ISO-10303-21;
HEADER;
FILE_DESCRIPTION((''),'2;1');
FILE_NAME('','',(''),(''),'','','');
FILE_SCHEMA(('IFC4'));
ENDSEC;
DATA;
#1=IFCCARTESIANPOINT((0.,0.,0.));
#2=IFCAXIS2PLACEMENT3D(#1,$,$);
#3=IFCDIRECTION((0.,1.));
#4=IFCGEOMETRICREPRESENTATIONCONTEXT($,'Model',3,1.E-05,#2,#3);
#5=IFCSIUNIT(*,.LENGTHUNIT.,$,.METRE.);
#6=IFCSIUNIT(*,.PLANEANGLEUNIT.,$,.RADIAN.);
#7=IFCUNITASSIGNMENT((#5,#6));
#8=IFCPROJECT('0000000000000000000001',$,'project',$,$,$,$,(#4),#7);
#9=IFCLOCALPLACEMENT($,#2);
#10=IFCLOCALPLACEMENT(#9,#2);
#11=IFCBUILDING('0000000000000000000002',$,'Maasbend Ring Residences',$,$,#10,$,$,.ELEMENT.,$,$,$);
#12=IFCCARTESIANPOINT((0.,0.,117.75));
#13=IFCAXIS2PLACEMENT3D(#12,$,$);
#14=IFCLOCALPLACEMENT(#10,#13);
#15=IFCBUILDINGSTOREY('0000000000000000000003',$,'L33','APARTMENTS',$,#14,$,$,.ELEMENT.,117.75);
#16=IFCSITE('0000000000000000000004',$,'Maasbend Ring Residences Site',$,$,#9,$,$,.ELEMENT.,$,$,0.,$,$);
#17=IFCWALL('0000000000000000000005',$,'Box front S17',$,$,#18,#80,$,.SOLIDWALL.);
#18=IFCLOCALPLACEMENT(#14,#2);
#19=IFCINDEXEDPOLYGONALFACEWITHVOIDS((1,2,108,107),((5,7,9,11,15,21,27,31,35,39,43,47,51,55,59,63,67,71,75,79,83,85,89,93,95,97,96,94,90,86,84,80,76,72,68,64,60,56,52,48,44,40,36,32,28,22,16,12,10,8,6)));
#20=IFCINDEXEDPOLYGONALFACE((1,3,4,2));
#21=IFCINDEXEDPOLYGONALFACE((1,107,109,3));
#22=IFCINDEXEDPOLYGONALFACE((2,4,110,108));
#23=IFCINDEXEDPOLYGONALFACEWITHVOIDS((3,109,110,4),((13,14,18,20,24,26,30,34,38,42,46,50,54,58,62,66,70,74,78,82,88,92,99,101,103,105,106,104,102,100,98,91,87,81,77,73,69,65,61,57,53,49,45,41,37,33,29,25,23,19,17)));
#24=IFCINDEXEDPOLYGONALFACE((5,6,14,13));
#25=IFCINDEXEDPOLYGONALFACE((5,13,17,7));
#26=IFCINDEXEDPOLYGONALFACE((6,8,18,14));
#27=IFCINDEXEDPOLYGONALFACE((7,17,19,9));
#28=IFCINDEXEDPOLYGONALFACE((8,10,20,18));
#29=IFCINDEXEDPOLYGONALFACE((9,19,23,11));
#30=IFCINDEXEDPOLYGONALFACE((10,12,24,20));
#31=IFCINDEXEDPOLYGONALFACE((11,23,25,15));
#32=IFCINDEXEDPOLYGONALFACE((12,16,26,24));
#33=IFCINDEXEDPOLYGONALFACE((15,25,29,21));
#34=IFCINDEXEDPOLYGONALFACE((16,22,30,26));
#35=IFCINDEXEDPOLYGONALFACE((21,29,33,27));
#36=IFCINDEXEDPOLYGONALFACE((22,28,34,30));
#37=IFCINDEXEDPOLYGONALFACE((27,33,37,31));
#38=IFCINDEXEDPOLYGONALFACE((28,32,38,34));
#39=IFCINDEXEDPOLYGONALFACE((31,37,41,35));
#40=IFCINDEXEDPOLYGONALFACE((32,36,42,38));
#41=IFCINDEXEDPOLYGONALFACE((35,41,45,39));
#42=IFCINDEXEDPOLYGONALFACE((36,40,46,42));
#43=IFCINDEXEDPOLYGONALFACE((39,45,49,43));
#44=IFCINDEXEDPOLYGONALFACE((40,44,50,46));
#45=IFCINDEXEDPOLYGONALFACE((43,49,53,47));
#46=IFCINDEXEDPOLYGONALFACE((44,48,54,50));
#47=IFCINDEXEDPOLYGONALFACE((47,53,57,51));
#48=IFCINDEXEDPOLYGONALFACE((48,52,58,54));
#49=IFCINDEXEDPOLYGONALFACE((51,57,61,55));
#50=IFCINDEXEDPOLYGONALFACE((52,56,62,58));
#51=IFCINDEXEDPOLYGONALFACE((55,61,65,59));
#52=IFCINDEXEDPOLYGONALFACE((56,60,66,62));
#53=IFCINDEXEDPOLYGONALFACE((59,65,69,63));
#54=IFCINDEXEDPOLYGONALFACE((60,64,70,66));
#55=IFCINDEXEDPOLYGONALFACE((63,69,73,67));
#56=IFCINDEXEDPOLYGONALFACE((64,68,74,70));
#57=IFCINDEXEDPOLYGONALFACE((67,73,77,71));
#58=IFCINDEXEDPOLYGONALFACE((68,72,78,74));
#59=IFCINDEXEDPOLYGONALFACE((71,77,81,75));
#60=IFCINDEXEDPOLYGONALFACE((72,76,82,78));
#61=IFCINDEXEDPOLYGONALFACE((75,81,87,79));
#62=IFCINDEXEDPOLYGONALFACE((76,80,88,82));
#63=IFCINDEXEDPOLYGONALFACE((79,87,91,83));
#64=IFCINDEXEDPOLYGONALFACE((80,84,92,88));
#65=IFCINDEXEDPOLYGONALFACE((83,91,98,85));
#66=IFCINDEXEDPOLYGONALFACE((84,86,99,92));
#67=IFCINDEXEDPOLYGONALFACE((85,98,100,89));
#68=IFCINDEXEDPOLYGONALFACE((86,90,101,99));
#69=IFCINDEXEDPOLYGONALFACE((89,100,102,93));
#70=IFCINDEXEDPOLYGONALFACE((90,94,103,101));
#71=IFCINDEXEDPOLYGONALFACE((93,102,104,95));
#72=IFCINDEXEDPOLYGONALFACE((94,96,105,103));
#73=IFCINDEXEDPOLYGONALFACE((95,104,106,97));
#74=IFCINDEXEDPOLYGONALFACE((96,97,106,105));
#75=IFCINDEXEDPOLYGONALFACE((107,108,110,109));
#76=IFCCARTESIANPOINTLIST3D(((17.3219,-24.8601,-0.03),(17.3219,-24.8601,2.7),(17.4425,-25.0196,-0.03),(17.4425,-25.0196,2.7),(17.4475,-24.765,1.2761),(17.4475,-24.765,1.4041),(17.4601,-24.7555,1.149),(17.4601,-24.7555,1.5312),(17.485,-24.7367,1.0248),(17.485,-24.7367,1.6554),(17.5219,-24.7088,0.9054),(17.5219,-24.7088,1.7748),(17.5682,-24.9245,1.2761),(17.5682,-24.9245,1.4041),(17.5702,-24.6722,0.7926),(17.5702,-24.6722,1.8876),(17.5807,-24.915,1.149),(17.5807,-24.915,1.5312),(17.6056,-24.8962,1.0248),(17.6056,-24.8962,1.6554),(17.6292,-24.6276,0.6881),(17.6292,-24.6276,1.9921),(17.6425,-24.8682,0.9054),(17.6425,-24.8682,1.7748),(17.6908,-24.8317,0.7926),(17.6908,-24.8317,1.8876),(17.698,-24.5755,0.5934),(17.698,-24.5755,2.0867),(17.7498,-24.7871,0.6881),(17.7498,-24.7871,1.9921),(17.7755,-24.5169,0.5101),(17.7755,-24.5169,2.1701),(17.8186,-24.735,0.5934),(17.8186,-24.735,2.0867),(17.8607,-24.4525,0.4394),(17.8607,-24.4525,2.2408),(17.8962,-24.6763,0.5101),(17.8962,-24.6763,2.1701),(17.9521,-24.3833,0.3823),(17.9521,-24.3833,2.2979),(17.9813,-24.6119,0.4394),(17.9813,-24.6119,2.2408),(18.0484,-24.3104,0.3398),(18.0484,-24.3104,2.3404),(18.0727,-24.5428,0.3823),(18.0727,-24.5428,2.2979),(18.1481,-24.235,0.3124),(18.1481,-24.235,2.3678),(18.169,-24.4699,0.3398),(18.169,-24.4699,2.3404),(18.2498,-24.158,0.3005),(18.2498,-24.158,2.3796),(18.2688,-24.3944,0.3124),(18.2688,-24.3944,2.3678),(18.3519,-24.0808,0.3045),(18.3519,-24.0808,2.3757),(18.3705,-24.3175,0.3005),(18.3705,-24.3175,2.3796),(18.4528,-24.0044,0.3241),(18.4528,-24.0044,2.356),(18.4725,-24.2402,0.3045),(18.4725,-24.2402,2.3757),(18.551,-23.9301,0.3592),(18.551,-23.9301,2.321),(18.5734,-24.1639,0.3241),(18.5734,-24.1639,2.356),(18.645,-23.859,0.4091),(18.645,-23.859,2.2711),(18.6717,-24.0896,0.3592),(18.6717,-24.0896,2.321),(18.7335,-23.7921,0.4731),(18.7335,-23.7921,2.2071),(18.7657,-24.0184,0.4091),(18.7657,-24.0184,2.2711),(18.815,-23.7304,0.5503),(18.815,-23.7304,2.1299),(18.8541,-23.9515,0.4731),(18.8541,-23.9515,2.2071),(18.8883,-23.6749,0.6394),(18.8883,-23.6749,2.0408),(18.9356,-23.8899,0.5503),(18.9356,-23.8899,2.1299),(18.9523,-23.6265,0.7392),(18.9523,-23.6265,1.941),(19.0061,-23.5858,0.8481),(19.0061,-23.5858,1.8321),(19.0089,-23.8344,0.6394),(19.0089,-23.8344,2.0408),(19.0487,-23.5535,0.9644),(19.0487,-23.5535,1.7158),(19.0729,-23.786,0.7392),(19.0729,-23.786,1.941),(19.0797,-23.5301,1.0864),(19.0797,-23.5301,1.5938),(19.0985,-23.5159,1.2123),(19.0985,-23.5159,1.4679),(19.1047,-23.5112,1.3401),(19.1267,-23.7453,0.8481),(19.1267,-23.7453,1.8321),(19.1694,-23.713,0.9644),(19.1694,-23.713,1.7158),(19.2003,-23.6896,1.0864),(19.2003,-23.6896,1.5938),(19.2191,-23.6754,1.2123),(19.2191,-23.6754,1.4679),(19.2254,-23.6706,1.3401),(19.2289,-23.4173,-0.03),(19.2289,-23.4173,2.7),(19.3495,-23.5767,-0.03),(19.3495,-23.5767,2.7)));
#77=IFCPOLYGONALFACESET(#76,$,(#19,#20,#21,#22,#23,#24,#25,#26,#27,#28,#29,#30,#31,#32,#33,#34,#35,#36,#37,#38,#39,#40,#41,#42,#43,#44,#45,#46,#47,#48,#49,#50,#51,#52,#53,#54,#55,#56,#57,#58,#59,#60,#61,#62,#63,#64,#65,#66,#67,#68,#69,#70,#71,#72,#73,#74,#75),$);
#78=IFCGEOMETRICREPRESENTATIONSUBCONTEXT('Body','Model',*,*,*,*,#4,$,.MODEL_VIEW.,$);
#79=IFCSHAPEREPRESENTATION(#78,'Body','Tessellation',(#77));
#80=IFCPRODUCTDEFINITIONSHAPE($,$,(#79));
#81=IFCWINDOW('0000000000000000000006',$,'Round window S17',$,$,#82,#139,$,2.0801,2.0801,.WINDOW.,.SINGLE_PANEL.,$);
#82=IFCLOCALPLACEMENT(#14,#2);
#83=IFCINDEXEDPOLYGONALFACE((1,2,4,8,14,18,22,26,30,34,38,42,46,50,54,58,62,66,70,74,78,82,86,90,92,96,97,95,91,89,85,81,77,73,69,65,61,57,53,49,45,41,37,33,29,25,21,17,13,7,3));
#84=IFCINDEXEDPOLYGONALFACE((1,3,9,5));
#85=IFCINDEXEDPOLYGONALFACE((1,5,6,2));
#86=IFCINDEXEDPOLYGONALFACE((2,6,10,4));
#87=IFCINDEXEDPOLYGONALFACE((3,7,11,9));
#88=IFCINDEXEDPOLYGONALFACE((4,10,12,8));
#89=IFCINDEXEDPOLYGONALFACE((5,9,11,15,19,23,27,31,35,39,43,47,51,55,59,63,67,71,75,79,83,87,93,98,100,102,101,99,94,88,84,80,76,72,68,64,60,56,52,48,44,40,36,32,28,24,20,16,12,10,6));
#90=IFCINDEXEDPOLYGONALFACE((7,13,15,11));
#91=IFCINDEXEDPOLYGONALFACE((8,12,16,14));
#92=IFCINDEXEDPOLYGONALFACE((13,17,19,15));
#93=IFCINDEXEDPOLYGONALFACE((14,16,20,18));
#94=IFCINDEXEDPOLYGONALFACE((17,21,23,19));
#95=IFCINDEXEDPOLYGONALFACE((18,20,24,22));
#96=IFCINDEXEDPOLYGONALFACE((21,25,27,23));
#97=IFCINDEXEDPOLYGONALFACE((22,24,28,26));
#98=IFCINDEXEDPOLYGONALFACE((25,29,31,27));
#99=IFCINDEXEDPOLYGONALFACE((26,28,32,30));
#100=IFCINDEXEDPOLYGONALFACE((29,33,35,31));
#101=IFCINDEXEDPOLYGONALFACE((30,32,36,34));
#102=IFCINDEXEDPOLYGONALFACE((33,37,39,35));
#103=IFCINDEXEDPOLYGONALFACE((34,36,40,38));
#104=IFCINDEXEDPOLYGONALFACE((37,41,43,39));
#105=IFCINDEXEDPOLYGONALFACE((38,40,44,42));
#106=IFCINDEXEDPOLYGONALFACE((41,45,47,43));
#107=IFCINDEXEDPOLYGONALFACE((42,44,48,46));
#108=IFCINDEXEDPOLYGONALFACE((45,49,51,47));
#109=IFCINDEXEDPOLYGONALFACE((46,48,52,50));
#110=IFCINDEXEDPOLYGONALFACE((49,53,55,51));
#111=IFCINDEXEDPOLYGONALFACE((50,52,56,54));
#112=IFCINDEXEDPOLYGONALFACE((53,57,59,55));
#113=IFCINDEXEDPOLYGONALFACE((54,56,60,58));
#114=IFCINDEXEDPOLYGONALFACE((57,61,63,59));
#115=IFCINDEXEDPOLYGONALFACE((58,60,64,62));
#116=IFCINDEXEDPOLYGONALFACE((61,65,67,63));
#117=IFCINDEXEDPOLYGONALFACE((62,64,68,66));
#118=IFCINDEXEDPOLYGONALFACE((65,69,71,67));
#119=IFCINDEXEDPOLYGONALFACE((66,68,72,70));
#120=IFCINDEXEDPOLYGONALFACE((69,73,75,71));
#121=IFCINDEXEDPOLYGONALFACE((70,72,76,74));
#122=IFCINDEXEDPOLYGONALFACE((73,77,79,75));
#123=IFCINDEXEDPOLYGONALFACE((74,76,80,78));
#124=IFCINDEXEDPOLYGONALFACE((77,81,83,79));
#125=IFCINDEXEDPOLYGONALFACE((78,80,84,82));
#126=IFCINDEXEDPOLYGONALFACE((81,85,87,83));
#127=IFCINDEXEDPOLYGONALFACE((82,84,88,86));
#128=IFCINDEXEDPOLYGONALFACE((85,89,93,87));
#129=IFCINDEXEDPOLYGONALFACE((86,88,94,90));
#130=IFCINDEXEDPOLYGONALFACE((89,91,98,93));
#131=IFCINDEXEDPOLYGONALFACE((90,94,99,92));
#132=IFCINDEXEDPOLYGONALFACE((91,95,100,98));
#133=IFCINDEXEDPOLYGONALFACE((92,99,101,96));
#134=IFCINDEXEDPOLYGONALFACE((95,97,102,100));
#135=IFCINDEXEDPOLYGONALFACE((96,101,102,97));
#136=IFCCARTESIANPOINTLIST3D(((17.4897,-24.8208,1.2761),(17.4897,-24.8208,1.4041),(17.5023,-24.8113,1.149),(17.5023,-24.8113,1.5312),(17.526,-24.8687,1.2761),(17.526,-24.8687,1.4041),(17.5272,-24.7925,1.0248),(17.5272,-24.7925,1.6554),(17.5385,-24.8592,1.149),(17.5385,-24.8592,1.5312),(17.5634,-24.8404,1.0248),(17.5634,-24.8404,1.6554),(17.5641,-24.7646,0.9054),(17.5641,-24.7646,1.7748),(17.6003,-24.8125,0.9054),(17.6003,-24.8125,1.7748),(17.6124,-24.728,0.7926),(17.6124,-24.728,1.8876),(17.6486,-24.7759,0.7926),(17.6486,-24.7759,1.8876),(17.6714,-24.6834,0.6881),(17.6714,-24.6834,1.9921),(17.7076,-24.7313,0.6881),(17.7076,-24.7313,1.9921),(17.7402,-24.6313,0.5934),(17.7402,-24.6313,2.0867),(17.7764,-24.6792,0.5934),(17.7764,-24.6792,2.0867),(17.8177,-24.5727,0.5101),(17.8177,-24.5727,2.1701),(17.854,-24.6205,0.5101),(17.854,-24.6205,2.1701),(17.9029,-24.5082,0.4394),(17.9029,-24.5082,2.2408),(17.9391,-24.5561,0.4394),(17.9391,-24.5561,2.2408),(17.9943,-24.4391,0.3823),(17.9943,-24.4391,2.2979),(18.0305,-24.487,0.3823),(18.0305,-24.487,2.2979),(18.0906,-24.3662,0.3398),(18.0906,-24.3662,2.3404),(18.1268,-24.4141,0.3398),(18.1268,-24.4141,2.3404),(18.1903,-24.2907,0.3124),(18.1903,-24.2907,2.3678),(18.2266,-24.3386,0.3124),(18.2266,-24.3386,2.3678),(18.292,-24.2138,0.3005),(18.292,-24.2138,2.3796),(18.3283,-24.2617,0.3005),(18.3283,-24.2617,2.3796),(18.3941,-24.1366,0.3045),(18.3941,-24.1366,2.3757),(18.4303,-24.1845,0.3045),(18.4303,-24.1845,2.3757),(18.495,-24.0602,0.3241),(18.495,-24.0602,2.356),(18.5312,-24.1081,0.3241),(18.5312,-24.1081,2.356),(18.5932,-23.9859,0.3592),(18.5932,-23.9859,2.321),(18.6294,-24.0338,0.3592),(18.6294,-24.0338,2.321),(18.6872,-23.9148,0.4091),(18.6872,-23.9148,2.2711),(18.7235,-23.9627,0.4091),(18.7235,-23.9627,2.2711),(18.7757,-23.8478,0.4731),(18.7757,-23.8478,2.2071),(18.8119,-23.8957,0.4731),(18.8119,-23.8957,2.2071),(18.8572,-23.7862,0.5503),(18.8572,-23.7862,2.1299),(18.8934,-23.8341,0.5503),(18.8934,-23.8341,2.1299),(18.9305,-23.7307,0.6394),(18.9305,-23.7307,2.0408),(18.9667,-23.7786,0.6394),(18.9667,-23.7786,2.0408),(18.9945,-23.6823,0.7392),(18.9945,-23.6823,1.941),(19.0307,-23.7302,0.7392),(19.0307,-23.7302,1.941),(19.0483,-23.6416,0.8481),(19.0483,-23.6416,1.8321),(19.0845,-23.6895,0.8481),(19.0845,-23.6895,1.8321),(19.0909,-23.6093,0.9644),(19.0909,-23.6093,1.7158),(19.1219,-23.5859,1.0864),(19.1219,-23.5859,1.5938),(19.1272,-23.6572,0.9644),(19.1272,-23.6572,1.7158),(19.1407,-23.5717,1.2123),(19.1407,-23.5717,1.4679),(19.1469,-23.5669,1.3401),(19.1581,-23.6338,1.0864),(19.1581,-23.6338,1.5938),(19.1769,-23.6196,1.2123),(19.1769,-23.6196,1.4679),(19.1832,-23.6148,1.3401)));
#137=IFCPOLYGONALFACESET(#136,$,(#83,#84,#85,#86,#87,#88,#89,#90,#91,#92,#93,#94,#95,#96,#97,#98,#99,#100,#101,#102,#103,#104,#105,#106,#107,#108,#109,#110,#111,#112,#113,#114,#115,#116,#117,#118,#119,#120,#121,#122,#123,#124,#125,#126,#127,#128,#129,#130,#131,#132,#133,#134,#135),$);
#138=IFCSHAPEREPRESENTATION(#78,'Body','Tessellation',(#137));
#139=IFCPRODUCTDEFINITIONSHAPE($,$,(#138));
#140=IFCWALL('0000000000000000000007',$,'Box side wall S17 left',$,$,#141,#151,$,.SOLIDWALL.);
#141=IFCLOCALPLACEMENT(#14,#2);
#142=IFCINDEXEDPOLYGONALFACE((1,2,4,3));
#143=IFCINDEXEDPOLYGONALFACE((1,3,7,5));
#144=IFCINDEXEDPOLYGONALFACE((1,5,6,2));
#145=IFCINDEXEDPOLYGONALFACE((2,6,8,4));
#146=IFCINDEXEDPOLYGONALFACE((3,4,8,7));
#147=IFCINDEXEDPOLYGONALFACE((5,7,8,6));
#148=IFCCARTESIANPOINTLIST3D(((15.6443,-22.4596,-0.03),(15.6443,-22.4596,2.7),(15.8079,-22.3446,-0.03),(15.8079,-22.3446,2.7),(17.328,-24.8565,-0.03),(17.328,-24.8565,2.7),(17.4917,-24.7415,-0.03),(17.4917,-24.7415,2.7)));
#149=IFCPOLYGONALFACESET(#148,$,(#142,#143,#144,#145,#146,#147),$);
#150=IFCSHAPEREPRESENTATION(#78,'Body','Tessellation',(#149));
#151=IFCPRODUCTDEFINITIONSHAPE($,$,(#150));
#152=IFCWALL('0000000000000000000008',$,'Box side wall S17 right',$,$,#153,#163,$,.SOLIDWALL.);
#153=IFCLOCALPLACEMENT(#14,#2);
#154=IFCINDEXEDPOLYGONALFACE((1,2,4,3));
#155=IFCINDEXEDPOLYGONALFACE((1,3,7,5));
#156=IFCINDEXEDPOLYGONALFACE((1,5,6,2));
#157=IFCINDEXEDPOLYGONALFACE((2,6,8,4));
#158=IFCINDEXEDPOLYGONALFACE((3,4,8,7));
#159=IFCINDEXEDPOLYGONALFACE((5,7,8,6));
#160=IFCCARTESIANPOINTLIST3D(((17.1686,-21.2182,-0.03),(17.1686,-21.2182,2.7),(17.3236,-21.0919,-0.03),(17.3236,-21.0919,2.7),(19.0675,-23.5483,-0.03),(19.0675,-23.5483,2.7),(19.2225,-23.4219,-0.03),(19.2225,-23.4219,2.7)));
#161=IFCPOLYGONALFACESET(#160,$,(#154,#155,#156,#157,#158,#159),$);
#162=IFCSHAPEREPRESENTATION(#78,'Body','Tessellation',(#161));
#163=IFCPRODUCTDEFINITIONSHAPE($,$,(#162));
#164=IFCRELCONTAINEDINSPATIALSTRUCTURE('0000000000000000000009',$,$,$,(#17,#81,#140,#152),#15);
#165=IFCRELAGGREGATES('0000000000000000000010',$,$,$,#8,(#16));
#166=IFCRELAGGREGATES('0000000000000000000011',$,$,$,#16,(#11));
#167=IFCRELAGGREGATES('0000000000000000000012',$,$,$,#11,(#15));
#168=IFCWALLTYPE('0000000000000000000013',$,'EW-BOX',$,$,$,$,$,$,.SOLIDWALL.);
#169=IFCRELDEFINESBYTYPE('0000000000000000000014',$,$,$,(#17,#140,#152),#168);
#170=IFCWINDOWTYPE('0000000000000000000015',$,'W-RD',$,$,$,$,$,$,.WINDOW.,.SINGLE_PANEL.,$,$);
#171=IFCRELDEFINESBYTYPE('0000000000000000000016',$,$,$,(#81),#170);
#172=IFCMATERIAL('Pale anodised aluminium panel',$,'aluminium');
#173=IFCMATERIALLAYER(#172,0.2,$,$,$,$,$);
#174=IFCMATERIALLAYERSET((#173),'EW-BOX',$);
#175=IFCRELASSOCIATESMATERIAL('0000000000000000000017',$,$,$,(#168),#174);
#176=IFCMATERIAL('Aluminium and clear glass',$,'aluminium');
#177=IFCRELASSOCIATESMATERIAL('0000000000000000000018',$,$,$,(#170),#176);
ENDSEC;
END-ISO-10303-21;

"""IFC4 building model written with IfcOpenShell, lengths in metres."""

from ifc_helpers import new_model, si_unit, direction, frame, frame_2d, origin, place, context, subcontext, project, spatial, rectangle, circle, extrude, material, layer, layer_set, type_object, element, fill, save


model = new_model("IFC4")

# Units and contexts
model_context = context("Model", 3, precision=1e-05, world=origin(), true_north=direction((0.0, 1.0)))
body_context = subcontext(model_context, "Body", "Model", "MODEL_VIEW")
ifc_project = project(units=[si_unit("LENGTHUNIT", "METRE"), si_unit("PLANEANGLEUNIT", "RADIAN")], contexts=[model_context])

# Site, building, storey
site_placement = place(None, origin())
site = spatial("IfcSite", under=ifc_project, at=site_placement, Name="Maasbend Ring Residences Site", CompositionType="ELEMENT", RefElevation=0.0)
building_placement = place(site_placement, origin())
building = spatial("IfcBuilding", under=site, at=building_placement, Name="Maasbend Ring Residences", CompositionType="ELEMENT")
storey_placement = place(building_placement, frame((0.0, 0.0, 117.75)))
storey = spatial("IfcBuildingStorey", under=building, at=storey_placement, Name="L33", Description="APARTMENTS", CompositionType="ELEMENT", Elevation=117.75)

# Shared definitions
ifc_material_1 = material(Name="Pale anodised aluminium panel", Category="aluminium")
ifc_layer_1 = layer(ifc_material_1, 0.2)
ifc_layer_set_1 = layer_set([ifc_layer_1], Name="EW-BOX")
wall_type_1 = type_object("IfcWallType", Name="EW-BOX", PredefinedType="SOLIDWALL", material=ifc_layer_set_1)
ifc_material_2 = material(Name="Aluminium and clear glass", Category="aluminium")
window_type_1 = type_object("IfcWindowType", Name="W-RD", PartitioningType="SINGLE_PANEL", PredefinedType="WINDOW", material=ifc_material_2)

# Wall, opening, window
wall_1_placement = place(storey_placement, frame((17.3821, -24.9399, -0.03), z_axis=(0.0, 0.0, 1.0), x_axis=(0.797457, 0.603376, 0.0)))
wall_1 = element("IfcWall", 1, at=wall_1_placement, inside=storey, type_object=wall_type_1, Name="Box front S17", PredefinedType="SOLIDWALL", context=body_context, shape_type="SweptSolid", body=[
    extrude(rectangle(XDim=2.3914, YDim=0.2, at=frame_2d((1.1958, 0.0))), origin(), (0.0, 0.0, 1.0), 2.73),
])
opening_1_placement = place(wall_1_placement, frame((0.1558, 0.0, 0.3301)))
opening_1 = element("IfcOpeningElement", 2, at=opening_1_placement, cuts=wall_1, PredefinedType="OPENING", context=body_context, shape_type="SweptSolid", body=[
    extrude(circle(Radius=1.04, at=frame_2d((1.04, 1.04))), frame((0.0, 0.1099, 0.0), z_axis=(0.0, -1.0, 0.0), x_axis=(1.0, 0.0, 0.0)), (0.0, 0.0, 1.0), 0.22),
])
window_1_placement = place(opening_1_placement, origin())
window_1 = element("IfcWindow", 3, at=window_1_placement, inside=storey, type_object=window_type_1, Name="Round window S17", OverallHeight=2.0801, OverallWidth=2.0801, PartitioningType="SINGLE_PANEL", PredefinedType="WINDOW", context=body_context, shape_type="SweptSolid", body=[
    extrude(circle(Radius=1.04, at=frame_2d((1.04, 1.04))), frame((0.0, 0.03, 0.0), z_axis=(0.0, -1.0, 0.0), x_axis=(1.0, 0.0, 0.0)), (0.0, 0.0, 1.0), 0.0601),
])
fill(opening_1, window_1)

# Walls
wall_2_placement = place(storey_placement, frame((15.7261, -22.4021, -0.03), z_axis=(0.0, 0.0, 1.0), x_axis=(0.574826, -0.818275, 0.0)))
element("IfcWall", 4, at=wall_2_placement, inside=storey, type_object=wall_type_1, Name="Box side wall S17 left", PredefinedType="SOLIDWALL", context=body_context, shape_type="SweptSolid", body=[
    extrude(rectangle(XDim=2.9292, YDim=0.2, at=frame_2d((1.4646, 0.0))), origin(), (0.0, 0.0, 1.0), 2.73),
])
wall_3_placement = place(storey_placement, frame((17.2461, -21.155, -0.03), z_axis=(0.0, 0.0, 1.0), x_axis=(0.631742, -0.775179, 0.0)))
element("IfcWall", 5, at=wall_3_placement, inside=storey, type_object=wall_type_1, Name="Box side wall S17 right", PredefinedType="SOLIDWALL", context=body_context, shape_type="SweptSolid", body=[
    extrude(rectangle(XDim=3.0059, YDim=0.2, at=frame_2d((1.5029, 0.0))), origin(), (0.0, 0.0, 1.0), 2.73),
])

save(model, "model.ifc")
